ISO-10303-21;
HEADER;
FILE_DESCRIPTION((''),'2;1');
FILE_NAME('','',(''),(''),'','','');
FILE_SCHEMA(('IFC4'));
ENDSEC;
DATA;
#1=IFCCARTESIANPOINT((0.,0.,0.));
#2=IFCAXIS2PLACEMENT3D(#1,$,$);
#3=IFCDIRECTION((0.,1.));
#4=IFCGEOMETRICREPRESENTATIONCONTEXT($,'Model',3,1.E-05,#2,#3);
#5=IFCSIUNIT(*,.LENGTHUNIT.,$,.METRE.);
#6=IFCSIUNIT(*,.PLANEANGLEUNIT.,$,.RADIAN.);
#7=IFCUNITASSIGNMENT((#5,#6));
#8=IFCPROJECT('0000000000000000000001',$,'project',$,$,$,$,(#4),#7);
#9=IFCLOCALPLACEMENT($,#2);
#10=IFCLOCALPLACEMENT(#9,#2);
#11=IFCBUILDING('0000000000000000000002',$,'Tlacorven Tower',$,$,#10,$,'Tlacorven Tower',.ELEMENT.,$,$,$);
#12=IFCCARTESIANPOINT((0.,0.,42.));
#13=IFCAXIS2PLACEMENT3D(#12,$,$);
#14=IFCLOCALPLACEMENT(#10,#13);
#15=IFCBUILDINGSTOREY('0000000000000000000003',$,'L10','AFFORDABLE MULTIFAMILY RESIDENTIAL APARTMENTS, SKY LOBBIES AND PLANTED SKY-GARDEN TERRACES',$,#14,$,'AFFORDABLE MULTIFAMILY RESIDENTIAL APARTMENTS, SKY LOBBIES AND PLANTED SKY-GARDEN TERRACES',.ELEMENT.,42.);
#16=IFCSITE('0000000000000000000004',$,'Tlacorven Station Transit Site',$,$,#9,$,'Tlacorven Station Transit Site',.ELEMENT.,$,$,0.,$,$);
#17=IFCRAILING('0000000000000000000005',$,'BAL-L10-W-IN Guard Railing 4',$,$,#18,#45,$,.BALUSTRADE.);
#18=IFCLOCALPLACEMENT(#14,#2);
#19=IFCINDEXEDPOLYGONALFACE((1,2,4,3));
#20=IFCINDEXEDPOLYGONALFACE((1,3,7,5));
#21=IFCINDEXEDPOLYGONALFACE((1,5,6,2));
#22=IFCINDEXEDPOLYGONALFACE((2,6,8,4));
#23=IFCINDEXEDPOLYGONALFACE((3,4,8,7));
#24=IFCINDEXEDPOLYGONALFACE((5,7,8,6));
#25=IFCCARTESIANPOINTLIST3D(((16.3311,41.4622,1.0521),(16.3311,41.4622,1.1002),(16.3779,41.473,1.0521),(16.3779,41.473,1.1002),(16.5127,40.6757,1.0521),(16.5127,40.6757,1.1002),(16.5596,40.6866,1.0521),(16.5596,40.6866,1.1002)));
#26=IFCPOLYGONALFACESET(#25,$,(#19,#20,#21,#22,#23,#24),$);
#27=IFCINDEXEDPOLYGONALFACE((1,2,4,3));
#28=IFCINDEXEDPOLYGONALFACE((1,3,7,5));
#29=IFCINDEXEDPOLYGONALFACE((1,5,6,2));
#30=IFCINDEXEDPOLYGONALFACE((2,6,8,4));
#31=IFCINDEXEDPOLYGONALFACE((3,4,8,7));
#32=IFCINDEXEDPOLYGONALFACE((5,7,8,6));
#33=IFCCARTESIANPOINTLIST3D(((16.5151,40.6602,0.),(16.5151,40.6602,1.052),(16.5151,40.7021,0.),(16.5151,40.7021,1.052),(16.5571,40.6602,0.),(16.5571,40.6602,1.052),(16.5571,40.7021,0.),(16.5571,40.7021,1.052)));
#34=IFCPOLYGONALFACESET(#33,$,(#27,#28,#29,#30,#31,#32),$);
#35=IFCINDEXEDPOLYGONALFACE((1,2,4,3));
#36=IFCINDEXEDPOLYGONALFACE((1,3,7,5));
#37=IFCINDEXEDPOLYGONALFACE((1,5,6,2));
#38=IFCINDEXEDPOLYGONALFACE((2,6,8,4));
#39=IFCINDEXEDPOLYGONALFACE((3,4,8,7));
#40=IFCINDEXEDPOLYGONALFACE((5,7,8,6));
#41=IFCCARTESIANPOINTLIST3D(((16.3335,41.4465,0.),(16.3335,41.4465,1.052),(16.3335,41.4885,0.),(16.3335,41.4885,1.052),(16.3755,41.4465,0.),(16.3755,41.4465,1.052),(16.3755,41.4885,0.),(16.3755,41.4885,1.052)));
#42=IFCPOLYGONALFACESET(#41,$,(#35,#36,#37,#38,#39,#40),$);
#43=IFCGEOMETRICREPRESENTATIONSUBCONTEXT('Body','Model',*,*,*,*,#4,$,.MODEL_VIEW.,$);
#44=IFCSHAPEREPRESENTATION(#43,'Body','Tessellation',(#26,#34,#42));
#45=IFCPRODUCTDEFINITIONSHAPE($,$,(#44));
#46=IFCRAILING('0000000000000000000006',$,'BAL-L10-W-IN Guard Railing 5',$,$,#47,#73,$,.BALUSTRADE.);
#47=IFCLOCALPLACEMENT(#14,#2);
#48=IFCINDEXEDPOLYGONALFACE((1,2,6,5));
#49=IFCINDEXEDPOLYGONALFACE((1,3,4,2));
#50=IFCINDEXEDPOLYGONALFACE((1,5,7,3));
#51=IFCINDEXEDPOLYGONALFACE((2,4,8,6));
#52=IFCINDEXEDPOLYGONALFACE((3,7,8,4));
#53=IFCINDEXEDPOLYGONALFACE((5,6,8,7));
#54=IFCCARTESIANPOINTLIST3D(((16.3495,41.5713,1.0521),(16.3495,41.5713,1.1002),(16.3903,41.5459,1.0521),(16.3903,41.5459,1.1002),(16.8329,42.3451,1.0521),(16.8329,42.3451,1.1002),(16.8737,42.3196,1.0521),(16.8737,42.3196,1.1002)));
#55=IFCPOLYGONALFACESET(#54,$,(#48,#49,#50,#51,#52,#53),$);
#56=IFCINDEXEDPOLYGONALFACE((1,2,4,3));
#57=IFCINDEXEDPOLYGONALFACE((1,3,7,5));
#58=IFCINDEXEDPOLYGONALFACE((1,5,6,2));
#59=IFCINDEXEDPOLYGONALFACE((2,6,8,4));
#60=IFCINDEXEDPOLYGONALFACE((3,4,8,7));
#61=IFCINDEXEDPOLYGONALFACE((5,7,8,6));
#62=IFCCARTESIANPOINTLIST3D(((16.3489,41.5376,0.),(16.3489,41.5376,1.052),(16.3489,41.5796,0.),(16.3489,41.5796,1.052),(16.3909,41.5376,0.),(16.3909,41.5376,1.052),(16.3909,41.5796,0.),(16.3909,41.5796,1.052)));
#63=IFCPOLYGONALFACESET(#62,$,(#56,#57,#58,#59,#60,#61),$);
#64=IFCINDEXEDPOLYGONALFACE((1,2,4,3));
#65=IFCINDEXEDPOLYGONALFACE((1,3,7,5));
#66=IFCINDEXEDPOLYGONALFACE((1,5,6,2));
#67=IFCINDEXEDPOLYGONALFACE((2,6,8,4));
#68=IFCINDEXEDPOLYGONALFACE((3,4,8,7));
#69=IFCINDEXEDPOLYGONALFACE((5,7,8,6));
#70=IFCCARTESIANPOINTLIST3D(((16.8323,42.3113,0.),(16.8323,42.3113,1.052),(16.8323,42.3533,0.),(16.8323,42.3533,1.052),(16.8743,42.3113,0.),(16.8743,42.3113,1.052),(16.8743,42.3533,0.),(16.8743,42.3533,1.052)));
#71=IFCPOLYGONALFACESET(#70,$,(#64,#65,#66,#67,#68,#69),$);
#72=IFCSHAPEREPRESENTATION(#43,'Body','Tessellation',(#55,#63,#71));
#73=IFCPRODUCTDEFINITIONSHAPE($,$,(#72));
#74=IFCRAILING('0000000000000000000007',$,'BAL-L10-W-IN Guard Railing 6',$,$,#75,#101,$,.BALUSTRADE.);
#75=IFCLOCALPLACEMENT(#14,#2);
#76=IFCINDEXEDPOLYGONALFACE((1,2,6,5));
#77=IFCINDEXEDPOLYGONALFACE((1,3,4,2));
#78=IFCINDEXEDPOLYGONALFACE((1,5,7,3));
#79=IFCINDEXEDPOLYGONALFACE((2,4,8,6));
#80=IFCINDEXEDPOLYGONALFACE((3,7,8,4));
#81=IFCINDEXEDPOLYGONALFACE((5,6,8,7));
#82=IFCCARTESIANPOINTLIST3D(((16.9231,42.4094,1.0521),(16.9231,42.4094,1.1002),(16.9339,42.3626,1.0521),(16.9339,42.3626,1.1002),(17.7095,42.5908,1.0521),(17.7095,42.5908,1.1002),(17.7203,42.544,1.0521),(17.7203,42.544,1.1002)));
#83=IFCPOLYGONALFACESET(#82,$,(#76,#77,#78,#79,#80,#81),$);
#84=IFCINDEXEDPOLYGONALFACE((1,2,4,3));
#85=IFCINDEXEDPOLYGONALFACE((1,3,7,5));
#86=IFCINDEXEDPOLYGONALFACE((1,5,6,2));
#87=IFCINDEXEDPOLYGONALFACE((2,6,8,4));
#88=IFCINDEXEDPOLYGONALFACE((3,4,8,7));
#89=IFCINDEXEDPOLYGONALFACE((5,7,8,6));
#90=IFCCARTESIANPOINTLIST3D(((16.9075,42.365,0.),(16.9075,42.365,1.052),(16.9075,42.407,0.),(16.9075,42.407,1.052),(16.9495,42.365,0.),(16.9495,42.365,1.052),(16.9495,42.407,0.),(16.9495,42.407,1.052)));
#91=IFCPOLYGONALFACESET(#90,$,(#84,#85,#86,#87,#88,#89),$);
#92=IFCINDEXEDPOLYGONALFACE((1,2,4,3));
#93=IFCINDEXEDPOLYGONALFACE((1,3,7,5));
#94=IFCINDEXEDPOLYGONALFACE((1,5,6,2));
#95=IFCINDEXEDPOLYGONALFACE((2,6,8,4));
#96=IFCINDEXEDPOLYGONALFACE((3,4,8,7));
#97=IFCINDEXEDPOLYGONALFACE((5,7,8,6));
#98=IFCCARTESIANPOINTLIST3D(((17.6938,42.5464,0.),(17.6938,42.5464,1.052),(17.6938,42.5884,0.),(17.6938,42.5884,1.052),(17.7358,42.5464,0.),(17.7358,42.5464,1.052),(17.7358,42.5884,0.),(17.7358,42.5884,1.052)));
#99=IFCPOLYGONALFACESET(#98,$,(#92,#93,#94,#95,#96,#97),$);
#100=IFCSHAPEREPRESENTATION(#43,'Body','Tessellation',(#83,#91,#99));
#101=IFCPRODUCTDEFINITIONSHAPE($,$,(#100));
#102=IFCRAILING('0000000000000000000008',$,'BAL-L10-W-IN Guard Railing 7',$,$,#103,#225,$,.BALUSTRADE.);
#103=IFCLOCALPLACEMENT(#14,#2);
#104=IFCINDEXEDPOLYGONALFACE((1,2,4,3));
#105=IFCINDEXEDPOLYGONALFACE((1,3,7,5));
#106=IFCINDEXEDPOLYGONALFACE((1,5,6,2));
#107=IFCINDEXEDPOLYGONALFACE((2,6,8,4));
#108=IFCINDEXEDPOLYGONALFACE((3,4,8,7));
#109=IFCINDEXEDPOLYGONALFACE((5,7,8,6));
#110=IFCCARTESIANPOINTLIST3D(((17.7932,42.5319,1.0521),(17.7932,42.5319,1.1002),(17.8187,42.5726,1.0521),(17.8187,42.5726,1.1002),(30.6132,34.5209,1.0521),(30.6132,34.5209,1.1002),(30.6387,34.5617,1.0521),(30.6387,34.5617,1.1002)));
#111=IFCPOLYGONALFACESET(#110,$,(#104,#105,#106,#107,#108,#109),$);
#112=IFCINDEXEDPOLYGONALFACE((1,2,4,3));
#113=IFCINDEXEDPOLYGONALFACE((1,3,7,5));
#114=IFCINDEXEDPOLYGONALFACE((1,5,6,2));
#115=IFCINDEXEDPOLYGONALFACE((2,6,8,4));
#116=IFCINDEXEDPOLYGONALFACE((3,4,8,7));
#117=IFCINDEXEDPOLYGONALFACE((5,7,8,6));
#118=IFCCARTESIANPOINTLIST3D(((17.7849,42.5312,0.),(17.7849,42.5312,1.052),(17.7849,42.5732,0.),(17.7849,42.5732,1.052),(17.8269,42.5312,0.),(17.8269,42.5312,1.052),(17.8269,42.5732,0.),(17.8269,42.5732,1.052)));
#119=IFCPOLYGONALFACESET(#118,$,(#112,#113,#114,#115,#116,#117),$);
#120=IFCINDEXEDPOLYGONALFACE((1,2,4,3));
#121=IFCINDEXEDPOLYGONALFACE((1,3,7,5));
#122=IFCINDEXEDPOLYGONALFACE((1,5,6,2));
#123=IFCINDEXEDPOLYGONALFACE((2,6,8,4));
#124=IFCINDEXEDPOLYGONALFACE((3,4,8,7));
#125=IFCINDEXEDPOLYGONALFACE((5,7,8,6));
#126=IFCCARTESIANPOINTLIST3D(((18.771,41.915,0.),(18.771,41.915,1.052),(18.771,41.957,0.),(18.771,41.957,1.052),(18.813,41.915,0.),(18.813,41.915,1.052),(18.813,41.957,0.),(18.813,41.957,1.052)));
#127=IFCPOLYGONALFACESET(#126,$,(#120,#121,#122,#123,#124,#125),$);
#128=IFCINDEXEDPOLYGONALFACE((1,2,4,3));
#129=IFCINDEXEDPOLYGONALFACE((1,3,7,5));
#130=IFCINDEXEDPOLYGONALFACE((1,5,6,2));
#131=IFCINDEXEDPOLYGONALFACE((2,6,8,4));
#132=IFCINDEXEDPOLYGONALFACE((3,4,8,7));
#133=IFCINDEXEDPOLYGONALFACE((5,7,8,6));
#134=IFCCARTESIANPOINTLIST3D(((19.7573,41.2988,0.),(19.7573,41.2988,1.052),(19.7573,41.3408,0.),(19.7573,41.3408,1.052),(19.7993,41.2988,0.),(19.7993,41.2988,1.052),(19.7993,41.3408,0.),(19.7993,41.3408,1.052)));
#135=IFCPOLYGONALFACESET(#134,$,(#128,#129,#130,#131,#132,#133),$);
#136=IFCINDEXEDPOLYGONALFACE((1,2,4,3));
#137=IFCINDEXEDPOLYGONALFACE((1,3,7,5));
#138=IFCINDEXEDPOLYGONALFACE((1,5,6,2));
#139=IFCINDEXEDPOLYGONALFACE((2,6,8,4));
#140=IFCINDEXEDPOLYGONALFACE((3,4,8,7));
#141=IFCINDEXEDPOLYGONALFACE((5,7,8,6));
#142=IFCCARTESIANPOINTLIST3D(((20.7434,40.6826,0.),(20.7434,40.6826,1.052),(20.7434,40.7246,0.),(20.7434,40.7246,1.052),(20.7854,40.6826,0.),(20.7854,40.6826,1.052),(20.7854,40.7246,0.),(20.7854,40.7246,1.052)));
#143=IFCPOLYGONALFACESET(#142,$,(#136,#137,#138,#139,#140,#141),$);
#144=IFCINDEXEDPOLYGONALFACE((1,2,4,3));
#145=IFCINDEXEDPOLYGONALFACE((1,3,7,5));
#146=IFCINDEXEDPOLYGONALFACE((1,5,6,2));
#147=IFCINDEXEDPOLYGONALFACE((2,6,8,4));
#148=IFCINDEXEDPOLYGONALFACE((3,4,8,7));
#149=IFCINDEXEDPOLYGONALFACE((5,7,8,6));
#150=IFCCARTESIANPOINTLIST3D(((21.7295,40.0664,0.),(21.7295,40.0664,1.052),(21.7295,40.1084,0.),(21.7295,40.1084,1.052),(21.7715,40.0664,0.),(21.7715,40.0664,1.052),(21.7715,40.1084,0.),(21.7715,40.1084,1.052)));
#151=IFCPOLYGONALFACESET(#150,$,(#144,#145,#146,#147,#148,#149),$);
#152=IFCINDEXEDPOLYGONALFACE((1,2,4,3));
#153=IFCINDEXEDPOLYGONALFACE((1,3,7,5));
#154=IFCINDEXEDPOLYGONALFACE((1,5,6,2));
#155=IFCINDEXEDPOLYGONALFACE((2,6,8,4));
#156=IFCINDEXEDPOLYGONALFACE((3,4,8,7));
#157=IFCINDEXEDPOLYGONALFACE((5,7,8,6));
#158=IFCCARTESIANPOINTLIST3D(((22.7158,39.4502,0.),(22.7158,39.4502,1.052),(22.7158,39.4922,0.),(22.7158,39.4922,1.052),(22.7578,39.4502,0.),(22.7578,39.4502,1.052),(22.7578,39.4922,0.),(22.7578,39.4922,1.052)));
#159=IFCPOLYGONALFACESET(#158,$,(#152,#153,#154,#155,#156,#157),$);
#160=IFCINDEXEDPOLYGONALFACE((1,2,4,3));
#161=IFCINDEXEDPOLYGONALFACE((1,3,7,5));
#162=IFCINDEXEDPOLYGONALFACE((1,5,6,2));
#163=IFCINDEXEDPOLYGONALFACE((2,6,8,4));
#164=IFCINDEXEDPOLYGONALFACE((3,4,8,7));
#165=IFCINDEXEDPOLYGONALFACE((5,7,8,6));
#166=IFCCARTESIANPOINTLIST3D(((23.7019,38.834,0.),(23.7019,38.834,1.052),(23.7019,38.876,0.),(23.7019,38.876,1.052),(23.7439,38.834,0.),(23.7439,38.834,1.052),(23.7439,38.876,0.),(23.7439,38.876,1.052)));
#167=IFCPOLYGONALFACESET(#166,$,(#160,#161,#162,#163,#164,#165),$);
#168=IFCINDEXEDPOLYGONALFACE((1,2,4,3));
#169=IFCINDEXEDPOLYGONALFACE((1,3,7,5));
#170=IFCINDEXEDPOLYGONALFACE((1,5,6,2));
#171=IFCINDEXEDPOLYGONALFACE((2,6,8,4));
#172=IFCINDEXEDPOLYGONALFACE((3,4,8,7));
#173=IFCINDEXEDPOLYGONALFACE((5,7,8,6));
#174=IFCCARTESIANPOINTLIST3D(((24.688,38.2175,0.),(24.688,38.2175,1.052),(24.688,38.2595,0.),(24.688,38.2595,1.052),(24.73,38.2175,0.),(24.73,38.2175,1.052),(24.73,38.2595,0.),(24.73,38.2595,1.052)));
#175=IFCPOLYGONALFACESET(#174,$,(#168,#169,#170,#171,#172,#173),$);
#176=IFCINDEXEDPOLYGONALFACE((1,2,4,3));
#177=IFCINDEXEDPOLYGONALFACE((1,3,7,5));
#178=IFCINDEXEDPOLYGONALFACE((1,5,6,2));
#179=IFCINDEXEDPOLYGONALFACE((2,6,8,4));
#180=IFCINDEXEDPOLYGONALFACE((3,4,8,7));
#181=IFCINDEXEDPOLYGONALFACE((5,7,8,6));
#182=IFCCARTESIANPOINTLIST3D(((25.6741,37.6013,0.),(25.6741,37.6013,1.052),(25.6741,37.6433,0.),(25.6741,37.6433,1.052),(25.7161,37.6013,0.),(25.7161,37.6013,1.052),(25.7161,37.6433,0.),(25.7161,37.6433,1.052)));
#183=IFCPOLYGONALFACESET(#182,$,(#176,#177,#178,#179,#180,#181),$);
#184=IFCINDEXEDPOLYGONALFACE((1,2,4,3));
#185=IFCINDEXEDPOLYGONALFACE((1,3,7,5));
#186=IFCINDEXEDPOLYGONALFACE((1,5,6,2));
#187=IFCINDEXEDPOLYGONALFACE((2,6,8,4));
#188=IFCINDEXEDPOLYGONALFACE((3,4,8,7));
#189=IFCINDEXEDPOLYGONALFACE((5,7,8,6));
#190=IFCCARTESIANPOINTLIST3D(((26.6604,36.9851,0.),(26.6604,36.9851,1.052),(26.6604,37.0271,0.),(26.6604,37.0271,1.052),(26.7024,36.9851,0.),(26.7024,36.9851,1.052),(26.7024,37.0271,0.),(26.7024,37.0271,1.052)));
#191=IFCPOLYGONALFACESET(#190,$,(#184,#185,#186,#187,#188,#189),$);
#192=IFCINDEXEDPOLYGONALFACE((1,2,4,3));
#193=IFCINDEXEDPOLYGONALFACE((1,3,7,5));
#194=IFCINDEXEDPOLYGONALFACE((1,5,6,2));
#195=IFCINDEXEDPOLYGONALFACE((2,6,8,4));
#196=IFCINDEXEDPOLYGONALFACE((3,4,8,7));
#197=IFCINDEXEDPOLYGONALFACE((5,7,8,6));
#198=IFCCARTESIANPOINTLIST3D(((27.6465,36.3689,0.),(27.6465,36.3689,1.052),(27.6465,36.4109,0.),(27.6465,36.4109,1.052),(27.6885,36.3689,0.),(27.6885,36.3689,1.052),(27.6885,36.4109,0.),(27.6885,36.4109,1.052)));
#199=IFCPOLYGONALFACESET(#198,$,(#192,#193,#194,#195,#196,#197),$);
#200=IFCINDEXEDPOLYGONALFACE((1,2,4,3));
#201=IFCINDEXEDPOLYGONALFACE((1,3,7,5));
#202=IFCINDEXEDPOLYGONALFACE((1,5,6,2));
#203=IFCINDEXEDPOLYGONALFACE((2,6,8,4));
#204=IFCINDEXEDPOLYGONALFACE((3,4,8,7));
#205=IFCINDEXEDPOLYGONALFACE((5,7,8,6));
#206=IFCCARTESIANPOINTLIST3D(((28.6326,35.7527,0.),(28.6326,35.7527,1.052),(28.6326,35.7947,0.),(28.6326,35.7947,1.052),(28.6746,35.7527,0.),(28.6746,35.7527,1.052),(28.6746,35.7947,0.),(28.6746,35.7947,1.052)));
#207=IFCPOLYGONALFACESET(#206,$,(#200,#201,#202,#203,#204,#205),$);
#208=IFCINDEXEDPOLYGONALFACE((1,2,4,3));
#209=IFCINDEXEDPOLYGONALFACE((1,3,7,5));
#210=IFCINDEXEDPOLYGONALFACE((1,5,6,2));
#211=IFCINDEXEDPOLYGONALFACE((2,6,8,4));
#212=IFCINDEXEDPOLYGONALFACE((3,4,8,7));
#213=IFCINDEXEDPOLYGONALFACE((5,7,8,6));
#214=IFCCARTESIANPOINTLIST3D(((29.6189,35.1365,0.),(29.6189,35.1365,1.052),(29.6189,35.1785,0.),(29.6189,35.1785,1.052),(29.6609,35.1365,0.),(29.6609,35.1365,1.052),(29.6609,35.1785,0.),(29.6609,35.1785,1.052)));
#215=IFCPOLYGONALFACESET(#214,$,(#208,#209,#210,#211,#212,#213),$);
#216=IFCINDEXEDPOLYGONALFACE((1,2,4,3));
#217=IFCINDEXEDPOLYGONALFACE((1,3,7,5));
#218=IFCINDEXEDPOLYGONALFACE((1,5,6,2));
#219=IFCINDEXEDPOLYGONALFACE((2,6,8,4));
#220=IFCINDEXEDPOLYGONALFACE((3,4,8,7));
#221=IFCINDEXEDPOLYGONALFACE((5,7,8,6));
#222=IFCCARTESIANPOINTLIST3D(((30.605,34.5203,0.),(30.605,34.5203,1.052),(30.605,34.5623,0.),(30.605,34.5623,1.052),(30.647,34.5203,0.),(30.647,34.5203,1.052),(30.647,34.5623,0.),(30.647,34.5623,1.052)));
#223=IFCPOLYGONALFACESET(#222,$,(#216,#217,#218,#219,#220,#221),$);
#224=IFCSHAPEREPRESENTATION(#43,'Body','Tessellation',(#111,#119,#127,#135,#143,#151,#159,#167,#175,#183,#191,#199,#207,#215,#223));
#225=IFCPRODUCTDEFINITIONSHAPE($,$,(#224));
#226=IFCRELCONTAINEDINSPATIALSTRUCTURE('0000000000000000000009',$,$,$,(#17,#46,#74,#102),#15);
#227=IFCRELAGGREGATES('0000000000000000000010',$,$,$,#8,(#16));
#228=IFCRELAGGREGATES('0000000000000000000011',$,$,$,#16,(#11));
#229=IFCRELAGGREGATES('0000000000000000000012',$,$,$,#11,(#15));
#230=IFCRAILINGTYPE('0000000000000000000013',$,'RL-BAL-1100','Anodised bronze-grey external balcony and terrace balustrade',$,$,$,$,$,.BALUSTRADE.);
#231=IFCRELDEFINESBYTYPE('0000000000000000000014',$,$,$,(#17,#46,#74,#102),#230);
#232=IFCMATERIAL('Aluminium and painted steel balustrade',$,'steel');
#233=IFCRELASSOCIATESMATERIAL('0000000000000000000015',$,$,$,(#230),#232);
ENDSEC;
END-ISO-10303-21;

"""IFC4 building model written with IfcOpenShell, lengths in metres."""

from ifc_helpers import new_model, si_unit, direction, frame, origin, origin_2d, place, context, subcontext, project, spatial, rectangle, extrude, source, transform, mapped, material, type_object, element, save


model = new_model("IFC4")

# Units and contexts
model_context = context("Model", 3, precision=1e-05, world=origin(), true_north=direction((0.0, 1.0)))
body_context = subcontext(model_context, "Body", "Model", "MODEL_VIEW")
ifc_project = project(units=[si_unit("LENGTHUNIT", "METRE"), si_unit("PLANEANGLEUNIT", "RADIAN")], contexts=[model_context])

# Site, building, storey
site_placement = place(None, origin())
site = spatial("IfcSite", under=ifc_project, at=site_placement, Name="Tlacorven Station Transit Site", LongName="Tlacorven Station Transit Site", CompositionType="ELEMENT", RefElevation=0.0)
building_placement = place(site_placement, origin())
building = spatial("IfcBuilding", under=site, at=building_placement, Name="Tlacorven Tower", LongName="Tlacorven Tower", CompositionType="ELEMENT")
storey_placement = place(building_placement, frame((0.0, 0.0, 42.0)))
storey = spatial("IfcBuildingStorey", under=building, at=storey_placement, Name="L10", Description="AFFORDABLE MULTIFAMILY RESIDENTIAL APARTMENTS, SKY LOBBIES AND PLANTED SKY-GARDEN TERRACES", LongName="AFFORDABLE MULTIFAMILY RESIDENTIAL APARTMENTS, SKY LOBBIES AND PLANTED SKY-GARDEN TERRACES", CompositionType="ELEMENT", Elevation=42.0)

# Railings
ifc_material_1 = material(Name="Aluminium and painted steel balustrade", Category="steel")
railing_type = type_object("IfcRailingType", Name="RL-BAL-1100", Description="Anodised bronze-grey external balcony and terrace balustrade", PredefinedType="BALUSTRADE", material=ifc_material_1)
shared_shape_1 = source(origin(), body_context, "Body", "SweptSolid", [
    extrude(rectangle(XDim=0.0481, YDim=0.0481, at=origin_2d()), frame((0.0, 0.0, 1.0762), z_axis=(-0.225058, 0.974345, 0.0), x_axis=(-0.974345, -0.225058, 0.0)), (0.0, 0.0, 1.0), 0.8071),
    extrude(rectangle(XDim=0.042, YDim=0.042, at=origin_2d()), origin(), (0.0, 0.0, 1.0), 1.052),
    extrude(rectangle(XDim=0.042, YDim=0.042, at=origin_2d()), frame((-0.1816, 0.7864, 0.0)), (0.0, 0.0, 1.0), 1.052),
])
railing_1_placement = place(storey_placement, frame((16.5361, 40.6812, 0.0)))
element("IfcRailing", 1, at=railing_1_placement, inside=storey, type_object=railing_type, Name="BAL-L10-W-IN Guard Railing 4", PredefinedType="BALUSTRADE", context=body_context, shape_type="MappedRepresentation", body=[
    mapped(shared_shape_1, transform((0.0, 0.0, 0.0), scale=1.0)),
])
shared_shape_2 = source(origin(), body_context, "Body", "SweptSolid", [
    extrude(rectangle(XDim=0.0481, YDim=0.0481, at=origin_2d()), frame((0.0, 0.0, 1.0762), z_axis=(0.529879, 0.848073, 0.0), x_axis=(-0.848073, 0.529879, 0.0)), (0.0, 0.0, 1.0), 0.9124),
    extrude(rectangle(XDim=0.042, YDim=0.042, at=origin_2d()), origin(), (0.0, 0.0, 1.0), 1.052),
    extrude(rectangle(XDim=0.042, YDim=0.042, at=origin_2d()), frame((0.4834, 0.7737, 0.0)), (0.0, 0.0, 1.0), 1.052),
])
railing_2_placement = place(storey_placement, frame((16.3699, 41.5586, 0.0)))
element("IfcRailing", 2, at=railing_2_placement, inside=storey, type_object=railing_type, Name="BAL-L10-W-IN Guard Railing 5", PredefinedType="BALUSTRADE", context=body_context, shape_type="MappedRepresentation", body=[
    mapped(shared_shape_2, transform((0.0, 0.0, 0.0), scale=1.0)),
])
shared_shape_3 = source(origin(), body_context, "Body", "SweptSolid", [
    extrude(rectangle(XDim=0.0481, YDim=0.0481, at=origin_2d()), frame((0.0, 0.0, 1.0762), z_axis=(0.974412, 0.224771, 0.0), x_axis=(-0.224771, 0.974412, 0.0)), (0.0, 0.0, 1.0), 0.8071),
    extrude(rectangle(XDim=0.042, YDim=0.042, at=origin_2d()), origin(), (0.0, 0.0, 1.0), 1.052),
    extrude(rectangle(XDim=0.042, YDim=0.042, at=origin_2d()), frame((0.7864, 0.1814, 0.0)), (0.0, 0.0, 1.0), 1.052),
])
railing_3_placement = place(storey_placement, frame((16.9285, 42.386, 0.0)))
element("IfcRailing", 3, at=railing_3_placement, inside=storey, type_object=railing_type, Name="BAL-L10-W-IN Guard Railing 6", PredefinedType="BALUSTRADE", context=body_context, shape_type="MappedRepresentation", body=[
    mapped(shared_shape_3, transform((0.0, 0.0, 0.0), scale=1.0)),
])
shared_shape_4 = source(origin(), body_context, "Body", "SweptSolid", [
    extrude(rectangle(XDim=0.0481, YDim=0.0481, at=origin_2d()), frame((0.0, 0.0, 1.0762), z_axis=(0.848045, -0.529925, 0.0), x_axis=(0.529925, 0.848045, 0.0)), (0.0, 0.0, 1.0), 15.1172),
    extrude(rectangle(XDim=0.042, YDim=0.042, at=origin_2d()), origin(), (0.0, 0.0, 1.0), 1.052),
    extrude(rectangle(XDim=0.042, YDim=0.042, at=origin_2d()), frame((0.9861, -0.6162, 0.0)), (0.0, 0.0, 1.0), 1.052),
    extrude(rectangle(XDim=0.042, YDim=0.042, at=origin_2d()), frame((1.9724, -1.2324, 0.0)), (0.0, 0.0, 1.0), 1.052),
    extrude(rectangle(XDim=0.042, YDim=0.042, at=origin_2d()), frame((2.9585, -1.8486, 0.0)), (0.0, 0.0, 1.0), 1.052),
    extrude(rectangle(XDim=0.042, YDim=0.042, at=origin_2d()), frame((3.9446, -2.4648, 0.0)), (0.0, 0.0, 1.0), 1.052),
    extrude(rectangle(XDim=0.042, YDim=0.042, at=origin_2d()), frame((4.9309, -3.0811, 0.0)), (0.0, 0.0, 1.0), 1.052),
    extrude(rectangle(XDim=0.042, YDim=0.042, at=origin_2d()), frame((5.917, -3.6973, 0.0)), (0.0, 0.0, 1.0), 1.052),
    extrude(rectangle(XDim=0.042, YDim=0.042, at=origin_2d()), frame((6.9031, -4.3137, 0.0)), (0.0, 0.0, 1.0), 1.052),
    extrude(rectangle(XDim=0.042, YDim=0.042, at=origin_2d()), frame((7.8892, -4.9299, 0.0)), (0.0, 0.0, 1.0), 1.052),
    extrude(rectangle(XDim=0.042, YDim=0.042, at=origin_2d()), frame((8.8755, -5.5461, 0.0)), (0.0, 0.0, 1.0), 1.052),
    extrude(rectangle(XDim=0.042, YDim=0.042, at=origin_2d()), frame((9.8616, -6.1624, 0.0)), (0.0, 0.0, 1.0), 1.052),
    extrude(rectangle(XDim=0.042, YDim=0.042, at=origin_2d()), frame((10.8477, -6.7786, 0.0)), (0.0, 0.0, 1.0), 1.052),
    extrude(rectangle(XDim=0.042, YDim=0.042, at=origin_2d()), frame((11.834, -7.3948, 0.0)), (0.0, 0.0, 1.0), 1.052),
    extrude(rectangle(XDim=0.042, YDim=0.042, at=origin_2d()), frame((12.8201, -8.011, 0.0)), (0.0, 0.0, 1.0), 1.052),
])
railing_4_placement = place(storey_placement, frame((17.8059, 42.5522, 0.0)))
element("IfcRailing", 4, at=railing_4_placement, inside=storey, type_object=railing_type, Name="BAL-L10-W-IN Guard Railing 7", PredefinedType="BALUSTRADE", context=body_context, shape_type="MappedRepresentation", body=[
    mapped(shared_shape_4, transform((0.0, 0.0, 0.0), scale=1.0)),
])

save(model, "model.ifc")
